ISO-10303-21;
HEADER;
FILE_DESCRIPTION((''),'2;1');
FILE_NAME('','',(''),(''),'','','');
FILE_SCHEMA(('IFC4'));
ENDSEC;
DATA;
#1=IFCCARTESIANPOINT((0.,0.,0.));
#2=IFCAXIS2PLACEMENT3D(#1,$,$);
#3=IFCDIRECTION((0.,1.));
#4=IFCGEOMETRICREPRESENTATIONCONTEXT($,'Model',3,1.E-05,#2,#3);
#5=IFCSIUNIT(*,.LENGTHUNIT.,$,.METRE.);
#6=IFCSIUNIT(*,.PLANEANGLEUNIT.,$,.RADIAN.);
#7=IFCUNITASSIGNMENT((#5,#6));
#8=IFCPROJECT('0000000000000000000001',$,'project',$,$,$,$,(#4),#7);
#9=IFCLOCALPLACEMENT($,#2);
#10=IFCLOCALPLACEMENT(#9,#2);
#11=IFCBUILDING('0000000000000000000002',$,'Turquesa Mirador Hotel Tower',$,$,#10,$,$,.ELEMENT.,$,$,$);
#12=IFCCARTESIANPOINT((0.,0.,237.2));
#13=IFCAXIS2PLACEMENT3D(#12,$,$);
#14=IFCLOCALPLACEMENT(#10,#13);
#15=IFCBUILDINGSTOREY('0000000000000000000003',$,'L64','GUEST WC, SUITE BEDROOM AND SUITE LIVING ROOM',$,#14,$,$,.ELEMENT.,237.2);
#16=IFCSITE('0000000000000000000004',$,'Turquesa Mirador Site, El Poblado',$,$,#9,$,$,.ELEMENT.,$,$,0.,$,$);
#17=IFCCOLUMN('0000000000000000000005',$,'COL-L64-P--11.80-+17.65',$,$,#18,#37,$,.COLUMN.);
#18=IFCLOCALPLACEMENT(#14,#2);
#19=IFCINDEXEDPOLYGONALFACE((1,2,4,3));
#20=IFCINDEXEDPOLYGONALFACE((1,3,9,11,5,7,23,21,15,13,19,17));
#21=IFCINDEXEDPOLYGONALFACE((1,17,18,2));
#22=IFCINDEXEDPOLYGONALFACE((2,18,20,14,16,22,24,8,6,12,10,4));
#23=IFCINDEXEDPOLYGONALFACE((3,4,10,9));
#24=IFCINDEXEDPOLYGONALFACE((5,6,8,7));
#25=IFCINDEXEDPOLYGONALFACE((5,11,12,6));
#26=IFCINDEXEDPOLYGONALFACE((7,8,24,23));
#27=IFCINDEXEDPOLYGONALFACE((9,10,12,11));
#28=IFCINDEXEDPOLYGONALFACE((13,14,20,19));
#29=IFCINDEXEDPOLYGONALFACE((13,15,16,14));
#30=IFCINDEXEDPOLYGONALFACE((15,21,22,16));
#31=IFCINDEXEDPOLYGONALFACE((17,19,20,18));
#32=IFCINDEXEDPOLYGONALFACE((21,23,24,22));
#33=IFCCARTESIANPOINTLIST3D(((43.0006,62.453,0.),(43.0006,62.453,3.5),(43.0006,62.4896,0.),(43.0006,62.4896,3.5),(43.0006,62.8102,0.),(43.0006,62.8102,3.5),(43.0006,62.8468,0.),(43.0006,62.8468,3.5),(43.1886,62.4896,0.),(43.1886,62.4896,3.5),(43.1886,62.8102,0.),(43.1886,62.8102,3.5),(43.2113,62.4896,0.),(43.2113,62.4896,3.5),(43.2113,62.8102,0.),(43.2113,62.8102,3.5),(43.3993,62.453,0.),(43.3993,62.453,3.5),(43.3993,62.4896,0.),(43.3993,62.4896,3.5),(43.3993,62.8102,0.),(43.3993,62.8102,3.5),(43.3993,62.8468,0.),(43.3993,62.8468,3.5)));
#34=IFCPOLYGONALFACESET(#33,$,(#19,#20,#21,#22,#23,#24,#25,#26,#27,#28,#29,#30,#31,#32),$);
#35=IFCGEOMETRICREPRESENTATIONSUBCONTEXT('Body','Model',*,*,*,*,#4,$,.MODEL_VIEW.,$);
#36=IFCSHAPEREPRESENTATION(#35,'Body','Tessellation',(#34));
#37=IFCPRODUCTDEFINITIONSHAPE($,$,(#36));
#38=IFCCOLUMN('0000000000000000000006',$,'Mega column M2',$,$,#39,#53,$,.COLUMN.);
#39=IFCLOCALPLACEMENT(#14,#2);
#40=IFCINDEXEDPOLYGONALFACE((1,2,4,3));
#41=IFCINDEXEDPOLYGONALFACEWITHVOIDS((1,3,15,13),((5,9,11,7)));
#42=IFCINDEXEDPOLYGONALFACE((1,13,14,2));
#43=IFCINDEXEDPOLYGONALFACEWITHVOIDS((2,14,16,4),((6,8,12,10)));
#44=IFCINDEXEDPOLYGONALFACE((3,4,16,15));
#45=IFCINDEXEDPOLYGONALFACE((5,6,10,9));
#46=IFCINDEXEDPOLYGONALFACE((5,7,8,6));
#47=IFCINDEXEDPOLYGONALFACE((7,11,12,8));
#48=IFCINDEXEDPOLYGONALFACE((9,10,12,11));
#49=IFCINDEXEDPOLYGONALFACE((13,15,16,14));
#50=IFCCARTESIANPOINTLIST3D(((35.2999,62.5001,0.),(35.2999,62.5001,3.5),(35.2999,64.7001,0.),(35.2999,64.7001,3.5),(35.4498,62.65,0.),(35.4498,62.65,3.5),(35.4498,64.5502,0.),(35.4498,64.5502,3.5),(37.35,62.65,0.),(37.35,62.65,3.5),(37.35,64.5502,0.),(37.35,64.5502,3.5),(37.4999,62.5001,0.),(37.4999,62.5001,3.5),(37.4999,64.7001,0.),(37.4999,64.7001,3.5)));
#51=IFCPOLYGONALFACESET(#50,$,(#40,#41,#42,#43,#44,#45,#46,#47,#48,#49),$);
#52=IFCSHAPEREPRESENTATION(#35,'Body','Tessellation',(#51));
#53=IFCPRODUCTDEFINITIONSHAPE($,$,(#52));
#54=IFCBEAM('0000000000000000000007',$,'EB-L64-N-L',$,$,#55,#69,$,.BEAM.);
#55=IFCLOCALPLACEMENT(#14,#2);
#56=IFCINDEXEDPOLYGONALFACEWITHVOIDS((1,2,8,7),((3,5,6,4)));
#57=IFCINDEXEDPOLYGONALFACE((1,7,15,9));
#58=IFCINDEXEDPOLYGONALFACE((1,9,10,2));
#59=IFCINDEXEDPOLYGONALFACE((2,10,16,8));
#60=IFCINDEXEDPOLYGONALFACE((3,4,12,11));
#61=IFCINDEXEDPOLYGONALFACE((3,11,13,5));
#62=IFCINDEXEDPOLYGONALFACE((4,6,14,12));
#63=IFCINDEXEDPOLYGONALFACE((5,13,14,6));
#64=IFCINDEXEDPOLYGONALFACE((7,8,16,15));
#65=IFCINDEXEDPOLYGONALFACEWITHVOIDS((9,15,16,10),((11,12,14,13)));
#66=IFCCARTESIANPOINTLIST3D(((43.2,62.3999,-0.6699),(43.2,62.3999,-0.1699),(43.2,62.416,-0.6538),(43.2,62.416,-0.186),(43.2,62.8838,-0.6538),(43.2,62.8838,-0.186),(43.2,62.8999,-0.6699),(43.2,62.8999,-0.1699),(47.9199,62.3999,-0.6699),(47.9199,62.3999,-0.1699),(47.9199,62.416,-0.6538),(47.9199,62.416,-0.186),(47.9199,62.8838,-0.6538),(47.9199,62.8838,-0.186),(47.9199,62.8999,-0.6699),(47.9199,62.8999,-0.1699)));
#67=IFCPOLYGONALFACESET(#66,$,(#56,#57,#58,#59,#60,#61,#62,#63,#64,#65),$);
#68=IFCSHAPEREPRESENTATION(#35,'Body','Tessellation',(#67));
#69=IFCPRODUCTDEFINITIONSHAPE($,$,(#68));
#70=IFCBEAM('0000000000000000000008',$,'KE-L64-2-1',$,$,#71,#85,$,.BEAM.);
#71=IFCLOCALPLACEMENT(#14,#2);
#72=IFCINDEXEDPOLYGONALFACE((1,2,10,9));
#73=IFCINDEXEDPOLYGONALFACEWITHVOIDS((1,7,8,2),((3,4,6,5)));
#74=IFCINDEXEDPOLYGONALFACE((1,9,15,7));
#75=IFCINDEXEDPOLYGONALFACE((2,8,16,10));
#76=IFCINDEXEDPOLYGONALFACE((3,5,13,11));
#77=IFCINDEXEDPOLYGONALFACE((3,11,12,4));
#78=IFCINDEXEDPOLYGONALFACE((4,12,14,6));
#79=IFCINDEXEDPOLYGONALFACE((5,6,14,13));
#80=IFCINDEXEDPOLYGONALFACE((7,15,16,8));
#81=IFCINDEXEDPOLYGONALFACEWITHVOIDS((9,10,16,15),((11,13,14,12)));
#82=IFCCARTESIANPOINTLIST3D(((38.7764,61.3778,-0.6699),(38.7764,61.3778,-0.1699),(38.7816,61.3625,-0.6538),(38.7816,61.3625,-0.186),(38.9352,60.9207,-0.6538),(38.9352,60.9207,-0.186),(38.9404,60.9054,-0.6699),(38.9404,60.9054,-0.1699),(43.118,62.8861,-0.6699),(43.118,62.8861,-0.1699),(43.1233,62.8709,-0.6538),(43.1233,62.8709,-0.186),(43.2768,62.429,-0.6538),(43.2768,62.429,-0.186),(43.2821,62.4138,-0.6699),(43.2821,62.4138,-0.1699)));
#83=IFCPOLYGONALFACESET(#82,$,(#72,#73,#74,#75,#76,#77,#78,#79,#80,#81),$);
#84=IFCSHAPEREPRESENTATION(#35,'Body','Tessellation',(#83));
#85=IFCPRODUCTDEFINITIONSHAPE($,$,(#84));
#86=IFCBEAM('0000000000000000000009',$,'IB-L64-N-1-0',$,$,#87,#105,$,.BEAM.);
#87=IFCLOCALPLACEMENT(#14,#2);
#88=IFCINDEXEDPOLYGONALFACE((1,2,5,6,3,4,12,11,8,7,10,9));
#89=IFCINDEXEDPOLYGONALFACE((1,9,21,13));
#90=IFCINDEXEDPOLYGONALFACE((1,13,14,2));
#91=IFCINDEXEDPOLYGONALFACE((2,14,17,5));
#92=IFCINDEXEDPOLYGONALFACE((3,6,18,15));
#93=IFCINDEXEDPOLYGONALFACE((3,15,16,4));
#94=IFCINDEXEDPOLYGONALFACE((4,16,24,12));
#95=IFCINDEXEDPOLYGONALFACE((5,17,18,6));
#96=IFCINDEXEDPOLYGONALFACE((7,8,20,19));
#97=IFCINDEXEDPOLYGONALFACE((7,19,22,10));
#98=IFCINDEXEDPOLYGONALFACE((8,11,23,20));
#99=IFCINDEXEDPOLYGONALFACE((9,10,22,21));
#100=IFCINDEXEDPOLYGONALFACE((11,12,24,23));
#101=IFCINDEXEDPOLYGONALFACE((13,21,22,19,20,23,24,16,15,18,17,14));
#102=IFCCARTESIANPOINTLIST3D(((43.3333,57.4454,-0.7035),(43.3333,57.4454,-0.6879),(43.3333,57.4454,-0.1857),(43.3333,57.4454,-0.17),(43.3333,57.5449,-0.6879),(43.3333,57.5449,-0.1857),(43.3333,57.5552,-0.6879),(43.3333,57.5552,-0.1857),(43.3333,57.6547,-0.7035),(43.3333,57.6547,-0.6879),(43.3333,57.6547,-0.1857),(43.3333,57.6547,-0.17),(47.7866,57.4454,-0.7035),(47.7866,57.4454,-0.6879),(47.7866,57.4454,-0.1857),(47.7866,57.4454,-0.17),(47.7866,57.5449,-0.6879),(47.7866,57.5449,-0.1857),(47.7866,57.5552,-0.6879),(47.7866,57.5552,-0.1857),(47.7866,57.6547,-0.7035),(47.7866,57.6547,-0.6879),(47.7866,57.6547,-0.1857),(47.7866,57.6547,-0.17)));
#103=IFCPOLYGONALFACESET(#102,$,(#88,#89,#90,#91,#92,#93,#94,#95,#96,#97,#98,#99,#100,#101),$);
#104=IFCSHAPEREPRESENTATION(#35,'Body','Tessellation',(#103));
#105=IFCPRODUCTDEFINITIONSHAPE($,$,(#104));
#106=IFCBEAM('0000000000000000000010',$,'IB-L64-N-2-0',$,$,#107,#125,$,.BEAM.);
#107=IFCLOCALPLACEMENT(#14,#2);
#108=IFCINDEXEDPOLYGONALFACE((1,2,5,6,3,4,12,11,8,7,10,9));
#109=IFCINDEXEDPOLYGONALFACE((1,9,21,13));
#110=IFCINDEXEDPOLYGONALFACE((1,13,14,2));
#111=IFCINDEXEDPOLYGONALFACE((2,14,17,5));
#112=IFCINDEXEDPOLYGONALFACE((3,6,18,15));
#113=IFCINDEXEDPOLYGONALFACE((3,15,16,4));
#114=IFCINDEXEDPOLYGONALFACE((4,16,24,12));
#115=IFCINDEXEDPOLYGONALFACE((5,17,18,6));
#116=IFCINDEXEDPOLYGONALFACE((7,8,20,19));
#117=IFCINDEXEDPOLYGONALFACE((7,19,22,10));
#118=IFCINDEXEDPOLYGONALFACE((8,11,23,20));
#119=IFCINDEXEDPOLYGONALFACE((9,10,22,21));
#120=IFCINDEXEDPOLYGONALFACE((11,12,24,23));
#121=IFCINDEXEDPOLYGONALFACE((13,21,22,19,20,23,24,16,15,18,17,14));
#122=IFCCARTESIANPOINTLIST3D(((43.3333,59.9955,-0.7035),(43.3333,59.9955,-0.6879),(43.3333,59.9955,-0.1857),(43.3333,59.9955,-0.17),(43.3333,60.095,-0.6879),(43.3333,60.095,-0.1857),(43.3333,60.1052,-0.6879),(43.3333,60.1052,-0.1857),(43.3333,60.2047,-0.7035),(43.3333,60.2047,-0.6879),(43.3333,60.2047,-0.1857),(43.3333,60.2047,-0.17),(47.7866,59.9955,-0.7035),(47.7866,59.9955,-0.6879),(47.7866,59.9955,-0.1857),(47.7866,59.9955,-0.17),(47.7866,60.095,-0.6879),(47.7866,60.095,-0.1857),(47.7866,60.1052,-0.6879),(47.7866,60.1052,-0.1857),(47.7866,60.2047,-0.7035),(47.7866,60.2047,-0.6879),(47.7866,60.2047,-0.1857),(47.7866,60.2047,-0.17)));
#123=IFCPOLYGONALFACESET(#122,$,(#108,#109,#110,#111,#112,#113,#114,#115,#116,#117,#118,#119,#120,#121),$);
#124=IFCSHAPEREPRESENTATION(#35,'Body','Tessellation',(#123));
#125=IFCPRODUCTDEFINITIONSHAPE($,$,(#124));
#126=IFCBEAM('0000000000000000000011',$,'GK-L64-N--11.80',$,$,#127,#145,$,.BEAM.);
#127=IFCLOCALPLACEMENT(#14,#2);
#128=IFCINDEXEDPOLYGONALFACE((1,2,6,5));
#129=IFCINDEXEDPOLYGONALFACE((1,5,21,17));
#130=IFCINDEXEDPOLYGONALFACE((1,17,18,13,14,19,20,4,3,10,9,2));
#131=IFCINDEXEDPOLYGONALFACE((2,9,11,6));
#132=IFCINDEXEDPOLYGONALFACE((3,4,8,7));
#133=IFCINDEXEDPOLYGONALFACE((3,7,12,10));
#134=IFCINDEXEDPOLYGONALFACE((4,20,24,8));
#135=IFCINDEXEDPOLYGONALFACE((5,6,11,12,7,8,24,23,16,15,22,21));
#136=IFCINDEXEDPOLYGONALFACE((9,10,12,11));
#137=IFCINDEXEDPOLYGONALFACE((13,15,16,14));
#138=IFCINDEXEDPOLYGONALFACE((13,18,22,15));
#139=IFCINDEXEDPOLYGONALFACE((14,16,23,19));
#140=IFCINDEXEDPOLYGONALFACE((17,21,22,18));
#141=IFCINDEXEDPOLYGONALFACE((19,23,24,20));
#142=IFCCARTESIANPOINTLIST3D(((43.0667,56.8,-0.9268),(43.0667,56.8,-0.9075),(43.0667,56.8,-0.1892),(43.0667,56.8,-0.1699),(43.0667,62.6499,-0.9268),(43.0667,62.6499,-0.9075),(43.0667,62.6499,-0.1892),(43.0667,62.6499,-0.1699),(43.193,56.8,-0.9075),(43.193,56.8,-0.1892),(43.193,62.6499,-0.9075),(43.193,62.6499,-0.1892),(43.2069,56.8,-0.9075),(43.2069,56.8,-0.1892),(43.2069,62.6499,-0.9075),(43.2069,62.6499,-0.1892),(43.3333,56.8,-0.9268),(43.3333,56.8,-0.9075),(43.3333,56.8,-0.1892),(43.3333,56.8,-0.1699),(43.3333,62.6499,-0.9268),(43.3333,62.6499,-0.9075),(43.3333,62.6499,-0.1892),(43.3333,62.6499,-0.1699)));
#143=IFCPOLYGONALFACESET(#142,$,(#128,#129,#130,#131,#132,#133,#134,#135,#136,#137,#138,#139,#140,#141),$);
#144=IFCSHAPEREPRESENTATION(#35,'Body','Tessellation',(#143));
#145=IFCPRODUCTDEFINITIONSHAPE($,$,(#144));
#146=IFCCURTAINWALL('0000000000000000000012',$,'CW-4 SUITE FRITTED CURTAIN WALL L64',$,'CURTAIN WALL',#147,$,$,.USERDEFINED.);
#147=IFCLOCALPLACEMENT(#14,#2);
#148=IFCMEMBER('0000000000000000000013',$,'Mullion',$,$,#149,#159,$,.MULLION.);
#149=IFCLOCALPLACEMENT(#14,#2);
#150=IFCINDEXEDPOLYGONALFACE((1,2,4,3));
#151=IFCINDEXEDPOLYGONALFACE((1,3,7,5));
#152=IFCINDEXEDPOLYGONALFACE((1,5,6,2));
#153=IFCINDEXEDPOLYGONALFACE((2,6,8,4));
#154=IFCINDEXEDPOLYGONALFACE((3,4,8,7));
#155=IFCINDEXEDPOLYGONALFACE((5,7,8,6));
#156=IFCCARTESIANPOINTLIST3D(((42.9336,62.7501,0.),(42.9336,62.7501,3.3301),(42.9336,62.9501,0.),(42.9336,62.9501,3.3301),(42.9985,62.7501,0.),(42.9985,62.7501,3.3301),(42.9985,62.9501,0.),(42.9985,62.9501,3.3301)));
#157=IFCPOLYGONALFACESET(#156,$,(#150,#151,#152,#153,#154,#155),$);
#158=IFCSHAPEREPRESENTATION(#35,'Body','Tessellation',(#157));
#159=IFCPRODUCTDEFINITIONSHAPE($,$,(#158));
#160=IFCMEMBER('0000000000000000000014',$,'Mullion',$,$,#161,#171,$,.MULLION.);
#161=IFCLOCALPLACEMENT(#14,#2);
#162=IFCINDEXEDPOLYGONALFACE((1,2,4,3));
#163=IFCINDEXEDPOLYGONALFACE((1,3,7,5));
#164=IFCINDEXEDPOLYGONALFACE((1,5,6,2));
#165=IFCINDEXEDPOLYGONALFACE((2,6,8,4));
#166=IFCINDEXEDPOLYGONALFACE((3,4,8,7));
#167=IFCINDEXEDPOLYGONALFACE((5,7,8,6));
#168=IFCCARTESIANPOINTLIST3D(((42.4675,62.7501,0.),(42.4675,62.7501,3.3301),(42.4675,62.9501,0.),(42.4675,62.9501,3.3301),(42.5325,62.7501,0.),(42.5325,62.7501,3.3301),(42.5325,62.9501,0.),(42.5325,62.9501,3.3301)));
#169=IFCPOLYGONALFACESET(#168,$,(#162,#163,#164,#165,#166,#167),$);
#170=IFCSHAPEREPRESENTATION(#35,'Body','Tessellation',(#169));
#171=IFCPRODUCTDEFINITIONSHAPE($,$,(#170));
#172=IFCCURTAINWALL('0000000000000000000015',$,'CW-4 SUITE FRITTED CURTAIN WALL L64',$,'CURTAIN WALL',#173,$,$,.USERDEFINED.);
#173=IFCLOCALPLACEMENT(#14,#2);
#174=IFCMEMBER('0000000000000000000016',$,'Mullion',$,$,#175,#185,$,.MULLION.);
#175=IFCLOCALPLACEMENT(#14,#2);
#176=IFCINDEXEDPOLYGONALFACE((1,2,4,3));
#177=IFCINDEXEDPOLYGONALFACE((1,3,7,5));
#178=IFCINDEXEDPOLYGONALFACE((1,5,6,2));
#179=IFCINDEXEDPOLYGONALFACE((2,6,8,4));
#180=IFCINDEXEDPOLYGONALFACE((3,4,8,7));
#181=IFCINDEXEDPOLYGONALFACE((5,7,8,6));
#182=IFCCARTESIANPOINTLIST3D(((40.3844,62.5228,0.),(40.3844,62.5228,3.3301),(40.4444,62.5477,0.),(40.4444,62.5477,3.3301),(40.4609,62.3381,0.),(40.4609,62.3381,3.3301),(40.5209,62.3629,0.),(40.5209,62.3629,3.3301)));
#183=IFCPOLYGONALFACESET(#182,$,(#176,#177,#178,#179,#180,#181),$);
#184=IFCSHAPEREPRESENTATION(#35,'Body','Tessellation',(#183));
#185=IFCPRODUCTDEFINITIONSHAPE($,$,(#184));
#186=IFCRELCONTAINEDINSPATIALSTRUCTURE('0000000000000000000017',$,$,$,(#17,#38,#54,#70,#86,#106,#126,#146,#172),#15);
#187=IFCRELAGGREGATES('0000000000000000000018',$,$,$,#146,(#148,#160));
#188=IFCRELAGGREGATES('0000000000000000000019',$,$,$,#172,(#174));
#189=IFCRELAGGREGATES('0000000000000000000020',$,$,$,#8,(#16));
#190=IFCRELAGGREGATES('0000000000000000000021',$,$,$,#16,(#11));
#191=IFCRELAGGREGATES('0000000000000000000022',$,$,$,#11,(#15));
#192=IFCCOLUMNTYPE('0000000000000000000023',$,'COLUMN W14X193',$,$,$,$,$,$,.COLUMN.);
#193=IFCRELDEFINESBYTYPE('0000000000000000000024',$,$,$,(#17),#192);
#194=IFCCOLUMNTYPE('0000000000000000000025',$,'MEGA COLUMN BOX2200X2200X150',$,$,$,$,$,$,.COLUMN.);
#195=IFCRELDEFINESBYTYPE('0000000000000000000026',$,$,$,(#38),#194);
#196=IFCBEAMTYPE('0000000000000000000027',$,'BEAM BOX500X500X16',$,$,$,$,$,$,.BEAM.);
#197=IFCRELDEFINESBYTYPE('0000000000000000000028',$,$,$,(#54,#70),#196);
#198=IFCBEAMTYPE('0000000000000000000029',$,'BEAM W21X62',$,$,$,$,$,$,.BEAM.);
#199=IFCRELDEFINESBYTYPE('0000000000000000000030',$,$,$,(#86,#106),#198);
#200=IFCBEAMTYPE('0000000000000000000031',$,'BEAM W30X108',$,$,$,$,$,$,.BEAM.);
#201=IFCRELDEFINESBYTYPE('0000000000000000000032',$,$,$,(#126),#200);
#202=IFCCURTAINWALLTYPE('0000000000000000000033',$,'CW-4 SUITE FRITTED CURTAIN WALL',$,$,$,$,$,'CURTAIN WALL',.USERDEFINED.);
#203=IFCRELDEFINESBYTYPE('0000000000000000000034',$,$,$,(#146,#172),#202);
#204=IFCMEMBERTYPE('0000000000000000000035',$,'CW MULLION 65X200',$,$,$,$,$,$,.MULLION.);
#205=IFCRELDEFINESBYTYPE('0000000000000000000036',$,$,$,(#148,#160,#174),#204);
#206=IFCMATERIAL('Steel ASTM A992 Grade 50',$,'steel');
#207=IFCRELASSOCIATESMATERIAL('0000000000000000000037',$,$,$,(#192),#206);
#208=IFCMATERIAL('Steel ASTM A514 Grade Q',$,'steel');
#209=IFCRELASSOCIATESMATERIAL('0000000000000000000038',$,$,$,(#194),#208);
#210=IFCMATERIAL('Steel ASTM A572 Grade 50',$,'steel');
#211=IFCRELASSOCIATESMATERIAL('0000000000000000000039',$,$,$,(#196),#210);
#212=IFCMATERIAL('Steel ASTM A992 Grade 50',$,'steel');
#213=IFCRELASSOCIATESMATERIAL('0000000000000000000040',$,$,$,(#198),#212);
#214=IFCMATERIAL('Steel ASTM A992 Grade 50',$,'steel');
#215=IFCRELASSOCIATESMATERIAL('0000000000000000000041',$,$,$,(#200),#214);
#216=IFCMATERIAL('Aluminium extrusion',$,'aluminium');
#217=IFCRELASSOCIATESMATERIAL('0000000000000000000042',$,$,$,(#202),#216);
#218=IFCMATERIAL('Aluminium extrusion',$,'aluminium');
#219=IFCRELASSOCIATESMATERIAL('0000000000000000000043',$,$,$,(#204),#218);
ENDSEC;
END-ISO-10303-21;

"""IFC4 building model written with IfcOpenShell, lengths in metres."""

from ifc_helpers import new_model, si_unit, direction, frame, origin, origin_2d, place, context, subcontext, project, spatial, rectangle, hollow_rectangle, i_section, extrude, material, material_profile, profile_set, type_object, element, aggregate, save


model = new_model("IFC4")

# Units and contexts
model_context = context("Model", 3, precision=1e-05, world=origin(), true_north=direction((0.0, 1.0)))
body_context = subcontext(model_context, "Body", "Model", "MODEL_VIEW")
ifc_project = project(units=[si_unit("LENGTHUNIT", "METRE"), si_unit("PLANEANGLEUNIT", "RADIAN")], contexts=[model_context])

# Site, building, storey
site_placement = place(None, origin())
site = spatial("IfcSite", under=ifc_project, at=site_placement, Name="Turquesa Mirador Site, El Poblado", CompositionType="ELEMENT", RefElevation=0.0)
building_placement = place(site_placement, origin())
building = spatial("IfcBuilding", under=site, at=building_placement, Name="Turquesa Mirador Hotel Tower", CompositionType="ELEMENT")
storey_placement = place(building_placement, frame((0.0, 0.0, 237.2)))
storey = spatial("IfcBuildingStorey", under=building, at=storey_placement, Name="L64", Description="GUEST WC, SUITE BEDROOM AND SUITE LIVING ROOM", CompositionType="ELEMENT", Elevation=237.2)

# Columns
ifc_material_1 = material(Name="Steel ASTM A992 Grade 50", Category="steel")
ifc_material_profile_1 = material_profile(ifc_material_1, i_section(OverallWidth=0.3987, OverallDepth=0.3938, WebThickness=0.0227, FlangeThickness=0.0366, at=origin_2d()), Name="W14X193")
ifc_profile_set_1 = profile_set([ifc_material_profile_1], Name="Steel ASTM A992 Grade 50")
column_type_1 = type_object("IfcColumnType", Name="COLUMN W14X193", PredefinedType="COLUMN", material=ifc_profile_set_1)
column_1_placement = place(storey_placement, frame((43.2, 62.6499, 0.0), z_axis=(0.0, 0.0, 1.0), x_axis=(1.0, 0.0, 0.0)))
element("IfcColumn", 1, at=column_1_placement, inside=storey, type_object=column_type_1, Name="COL-L64-P--11.80-+17.65", PredefinedType="COLUMN", context=body_context, shape_type="SweptSolid", body=[
    extrude(i_section(OverallWidth=0.3987, OverallDepth=0.3938, WebThickness=0.0227, FlangeThickness=0.0366, at=origin_2d()), origin(), (0.0, 0.0, 1.0), 3.5),
])
ifc_material_2 = material(Name="Steel ASTM A514 Grade Q", Category="steel")
ifc_material_profile_2 = material_profile(ifc_material_2, hollow_rectangle(XDim=2.2, YDim=2.2, WallThickness=0.1499, at=origin_2d()), Name="BOX2200X2200X150")
ifc_profile_set_2 = profile_set([ifc_material_profile_2], Name="Steel ASTM A514 Grade Q")
column_type_2 = type_object("IfcColumnType", Name="MEGA COLUMN BOX2200X2200X150", PredefinedType="COLUMN", material=ifc_profile_set_2)
column_2_placement = place(storey_placement, frame((36.3999, 63.6001, 0.0), z_axis=(0.0, 0.0, 1.0), x_axis=(1.0, 0.0, 0.0)))
element("IfcColumn", 2, at=column_2_placement, inside=storey, type_object=column_type_2, Name="Mega column M2", PredefinedType="COLUMN", context=body_context, shape_type="SweptSolid", body=[
    extrude(hollow_rectangle(XDim=2.2, YDim=2.2, WallThickness=0.1499, at=origin_2d()), origin(), (0.0, 0.0, 1.0), 3.5),
])

# Beams
ifc_material_3 = material(Name="Steel ASTM A572 Grade 50", Category="steel")
ifc_material_profile_3 = material_profile(ifc_material_3, hollow_rectangle(XDim=0.5, YDim=0.5, WallThickness=0.0161, at=origin_2d()), Name="BOX500X500X16")
ifc_profile_set_3 = profile_set([ifc_material_profile_3], Name="Steel ASTM A572 Grade 50")
beam_type_1 = type_object("IfcBeamType", Name="BEAM BOX500X500X16", PredefinedType="BEAM", material=ifc_profile_set_3)
beam_1_placement = place(storey_placement, frame((43.2, 62.6499, -0.4199), z_axis=(1.0, 0.0, 0.0), x_axis=(0.0, 1.0, 0.0)))
element("IfcBeam", 3, at=beam_1_placement, inside=storey, type_object=beam_type_1, Name="EB-L64-N-L", PredefinedType="BEAM", context=body_context, shape_type="SweptSolid", body=[
    extrude(hollow_rectangle(XDim=0.5, YDim=0.5, WallThickness=0.0161, at=origin_2d()), origin(), (0.0, 0.0, 1.0), 4.72),
])
beam_2_placement = place(storey_placement, frame((38.8584, 61.1416, -0.4199), z_axis=(0.944619, 0.32817, 0.0), x_axis=(-0.32817, 0.944619, 0.0)))
element("IfcBeam", 4, at=beam_2_placement, inside=storey, type_object=beam_type_1, Name="KE-L64-2-1", PredefinedType="BEAM", context=body_context, shape_type="SweptSolid", body=[
    extrude(hollow_rectangle(XDim=0.5, YDim=0.5, WallThickness=0.0161, at=origin_2d()), origin(), (0.0, 0.0, 1.0), 4.5962),
])
ifc_material_4 = material(Name="Steel ASTM A992 Grade 50", Category="steel")
ifc_material_profile_4 = material_profile(ifc_material_4, i_section(OverallWidth=0.2092, OverallDepth=0.5334, WebThickness=0.0103, FlangeThickness=0.0156, at=origin_2d()), Name="W21X62")
ifc_profile_set_4 = profile_set([ifc_material_profile_4], Name="Steel ASTM A992 Grade 50")
beam_type_2 = type_object("IfcBeamType", Name="BEAM W21X62", PredefinedType="BEAM", material=ifc_profile_set_4)
for number, where, z_axis, x_axis, name in (
    (5, (43.3333, 57.55, -0.4368), (1.0, 0.0, 0.0), (0.0, 1.0, 0.0), "IB-L64-N-1-0"),
    (6, (43.3333, 60.1001, -0.4368), (1.0, 0.0, 0.0), (0.0, 1.0, 0.0), "IB-L64-N-2-0"),
):
    element("IfcBeam", number, at=place(storey_placement, frame(where, z_axis=z_axis, x_axis=x_axis)), inside=storey, type_object=beam_type_2, Name=name, PredefinedType="BEAM", context=body_context, shape_type="SweptSolid", body=[
        extrude(i_section(OverallWidth=0.2092, OverallDepth=0.5334, WebThickness=0.0103, FlangeThickness=0.0156, at=origin_2d()), origin(), (0.0, 0.0, 1.0), 4.4534),
    ])
ifc_material_5 = material(Name="Steel ASTM A992 Grade 50", Category="steel")
ifc_material_profile_5 = material_profile(ifc_material_5, i_section(OverallWidth=0.2666, OverallDepth=0.7568, WebThickness=0.0139, FlangeThickness=0.0193, at=origin_2d()), Name="W30X108")
ifc_profile_set_5 = profile_set([ifc_material_profile_5], Name="Steel ASTM A992 Grade 50")
beam_type_3 = type_object("IfcBeamType", Name="BEAM W30X108", PredefinedType="BEAM", material=ifc_profile_set_5)
beam_3_placement = place(storey_placement, frame((43.2, 62.6499, -0.5483), z_axis=(0.0, -1.0, 0.0), x_axis=(1.0, 0.0, 0.0)))
element("IfcBeam", 7, at=beam_3_placement, inside=storey, type_object=beam_type_3, Name="GK-L64-N--11.80", PredefinedType="BEAM", context=body_context, shape_type="SweptSolid", body=[
    extrude(i_section(OverallWidth=0.2666, OverallDepth=0.7568, WebThickness=0.0139, FlangeThickness=0.0193, at=origin_2d()), origin(), (0.0, 0.0, 1.0), 5.8499),
])

# Curtain walls, members
ifc_material_6 = material(Name="Aluminium extrusion", Category="aluminium")
curtain_wall_type = type_object("IfcCurtainWallType", Name="CW-4 SUITE FRITTED CURTAIN WALL", ElementType="CURTAIN WALL", PredefinedType="USERDEFINED", material=ifc_material_6)
curtain_wall_1_placement = place(storey_placement, origin())
curtain_wall_1 = element("IfcCurtainWall", 8, at=curtain_wall_1_placement, inside=storey, type_object=curtain_wall_type, Name="CW-4 SUITE FRITTED CURTAIN WALL L64", ObjectType="CURTAIN WALL", PredefinedType="USERDEFINED")
ifc_material_7 = material(Name="Aluminium extrusion", Category="aluminium")
ifc_material_profile_6 = material_profile(ifc_material_7, rectangle(XDim=0.0649, YDim=0.2, at=origin_2d()), Name="MULLION 65X200")
ifc_profile_set_6 = profile_set([ifc_material_profile_6], Name="Aluminium extrusion")
member_type_1 = type_object("IfcMemberType", Name="CW MULLION 65X200", PredefinedType="MULLION", material=ifc_profile_set_6)
member_1_placement = place(storey_placement, frame((42.9661, 62.8501, 0.0), z_axis=(0.0, 0.0, 1.0), x_axis=(-1.0, 0.0, 0.0)))
member_1 = element("IfcMember", 9, at=member_1_placement, type_object=member_type_1, Name="Mullion", PredefinedType="MULLION", context=body_context, shape_type="SweptSolid", body=[
    extrude(rectangle(XDim=0.0649, YDim=0.2, at=origin_2d()), origin(), (0.0, 0.0, 1.0), 3.3301),
])
member_2_placement = place(storey_placement, frame((42.5, 62.8501, 0.0), z_axis=(0.0, 0.0, 1.0), x_axis=(-1.0, 0.0, 0.0)))
member_2 = element("IfcMember", 10, at=member_2_placement, type_object=member_type_1, Name="Mullion", PredefinedType="MULLION", context=body_context, shape_type="SweptSolid", body=[
    extrude(rectangle(XDim=0.0649, YDim=0.2, at=origin_2d()), origin(), (0.0, 0.0, 1.0), 3.3301),
])
curtain_wall_2_placement = place(storey_placement, origin())
curtain_wall_2 = element("IfcCurtainWall", 11, at=curtain_wall_2_placement, inside=storey, type_object=curtain_wall_type, Name="CW-4 SUITE FRITTED CURTAIN WALL L64", ObjectType="CURTAIN WALL", PredefinedType="USERDEFINED")
member_3_placement = place(storey_placement, frame((40.4526, 62.4429, 0.0), z_axis=(0.0, 0.0, 1.0), x_axis=(-0.92388, -0.382683, 0.0)))
member_3 = element("IfcMember", 12, at=member_3_placement, type_object=member_type_1, Name="Mullion", PredefinedType="MULLION", context=body_context, shape_type="SweptSolid", body=[
    extrude(rectangle(XDim=0.0649, YDim=0.2, at=origin_2d()), origin(), (0.0, 0.0, 1.0), 3.3301),
])

aggregate(curtain_wall_1, [member_1, member_2])
aggregate(curtain_wall_2, [member_3])

save(model, "model.ifc")
